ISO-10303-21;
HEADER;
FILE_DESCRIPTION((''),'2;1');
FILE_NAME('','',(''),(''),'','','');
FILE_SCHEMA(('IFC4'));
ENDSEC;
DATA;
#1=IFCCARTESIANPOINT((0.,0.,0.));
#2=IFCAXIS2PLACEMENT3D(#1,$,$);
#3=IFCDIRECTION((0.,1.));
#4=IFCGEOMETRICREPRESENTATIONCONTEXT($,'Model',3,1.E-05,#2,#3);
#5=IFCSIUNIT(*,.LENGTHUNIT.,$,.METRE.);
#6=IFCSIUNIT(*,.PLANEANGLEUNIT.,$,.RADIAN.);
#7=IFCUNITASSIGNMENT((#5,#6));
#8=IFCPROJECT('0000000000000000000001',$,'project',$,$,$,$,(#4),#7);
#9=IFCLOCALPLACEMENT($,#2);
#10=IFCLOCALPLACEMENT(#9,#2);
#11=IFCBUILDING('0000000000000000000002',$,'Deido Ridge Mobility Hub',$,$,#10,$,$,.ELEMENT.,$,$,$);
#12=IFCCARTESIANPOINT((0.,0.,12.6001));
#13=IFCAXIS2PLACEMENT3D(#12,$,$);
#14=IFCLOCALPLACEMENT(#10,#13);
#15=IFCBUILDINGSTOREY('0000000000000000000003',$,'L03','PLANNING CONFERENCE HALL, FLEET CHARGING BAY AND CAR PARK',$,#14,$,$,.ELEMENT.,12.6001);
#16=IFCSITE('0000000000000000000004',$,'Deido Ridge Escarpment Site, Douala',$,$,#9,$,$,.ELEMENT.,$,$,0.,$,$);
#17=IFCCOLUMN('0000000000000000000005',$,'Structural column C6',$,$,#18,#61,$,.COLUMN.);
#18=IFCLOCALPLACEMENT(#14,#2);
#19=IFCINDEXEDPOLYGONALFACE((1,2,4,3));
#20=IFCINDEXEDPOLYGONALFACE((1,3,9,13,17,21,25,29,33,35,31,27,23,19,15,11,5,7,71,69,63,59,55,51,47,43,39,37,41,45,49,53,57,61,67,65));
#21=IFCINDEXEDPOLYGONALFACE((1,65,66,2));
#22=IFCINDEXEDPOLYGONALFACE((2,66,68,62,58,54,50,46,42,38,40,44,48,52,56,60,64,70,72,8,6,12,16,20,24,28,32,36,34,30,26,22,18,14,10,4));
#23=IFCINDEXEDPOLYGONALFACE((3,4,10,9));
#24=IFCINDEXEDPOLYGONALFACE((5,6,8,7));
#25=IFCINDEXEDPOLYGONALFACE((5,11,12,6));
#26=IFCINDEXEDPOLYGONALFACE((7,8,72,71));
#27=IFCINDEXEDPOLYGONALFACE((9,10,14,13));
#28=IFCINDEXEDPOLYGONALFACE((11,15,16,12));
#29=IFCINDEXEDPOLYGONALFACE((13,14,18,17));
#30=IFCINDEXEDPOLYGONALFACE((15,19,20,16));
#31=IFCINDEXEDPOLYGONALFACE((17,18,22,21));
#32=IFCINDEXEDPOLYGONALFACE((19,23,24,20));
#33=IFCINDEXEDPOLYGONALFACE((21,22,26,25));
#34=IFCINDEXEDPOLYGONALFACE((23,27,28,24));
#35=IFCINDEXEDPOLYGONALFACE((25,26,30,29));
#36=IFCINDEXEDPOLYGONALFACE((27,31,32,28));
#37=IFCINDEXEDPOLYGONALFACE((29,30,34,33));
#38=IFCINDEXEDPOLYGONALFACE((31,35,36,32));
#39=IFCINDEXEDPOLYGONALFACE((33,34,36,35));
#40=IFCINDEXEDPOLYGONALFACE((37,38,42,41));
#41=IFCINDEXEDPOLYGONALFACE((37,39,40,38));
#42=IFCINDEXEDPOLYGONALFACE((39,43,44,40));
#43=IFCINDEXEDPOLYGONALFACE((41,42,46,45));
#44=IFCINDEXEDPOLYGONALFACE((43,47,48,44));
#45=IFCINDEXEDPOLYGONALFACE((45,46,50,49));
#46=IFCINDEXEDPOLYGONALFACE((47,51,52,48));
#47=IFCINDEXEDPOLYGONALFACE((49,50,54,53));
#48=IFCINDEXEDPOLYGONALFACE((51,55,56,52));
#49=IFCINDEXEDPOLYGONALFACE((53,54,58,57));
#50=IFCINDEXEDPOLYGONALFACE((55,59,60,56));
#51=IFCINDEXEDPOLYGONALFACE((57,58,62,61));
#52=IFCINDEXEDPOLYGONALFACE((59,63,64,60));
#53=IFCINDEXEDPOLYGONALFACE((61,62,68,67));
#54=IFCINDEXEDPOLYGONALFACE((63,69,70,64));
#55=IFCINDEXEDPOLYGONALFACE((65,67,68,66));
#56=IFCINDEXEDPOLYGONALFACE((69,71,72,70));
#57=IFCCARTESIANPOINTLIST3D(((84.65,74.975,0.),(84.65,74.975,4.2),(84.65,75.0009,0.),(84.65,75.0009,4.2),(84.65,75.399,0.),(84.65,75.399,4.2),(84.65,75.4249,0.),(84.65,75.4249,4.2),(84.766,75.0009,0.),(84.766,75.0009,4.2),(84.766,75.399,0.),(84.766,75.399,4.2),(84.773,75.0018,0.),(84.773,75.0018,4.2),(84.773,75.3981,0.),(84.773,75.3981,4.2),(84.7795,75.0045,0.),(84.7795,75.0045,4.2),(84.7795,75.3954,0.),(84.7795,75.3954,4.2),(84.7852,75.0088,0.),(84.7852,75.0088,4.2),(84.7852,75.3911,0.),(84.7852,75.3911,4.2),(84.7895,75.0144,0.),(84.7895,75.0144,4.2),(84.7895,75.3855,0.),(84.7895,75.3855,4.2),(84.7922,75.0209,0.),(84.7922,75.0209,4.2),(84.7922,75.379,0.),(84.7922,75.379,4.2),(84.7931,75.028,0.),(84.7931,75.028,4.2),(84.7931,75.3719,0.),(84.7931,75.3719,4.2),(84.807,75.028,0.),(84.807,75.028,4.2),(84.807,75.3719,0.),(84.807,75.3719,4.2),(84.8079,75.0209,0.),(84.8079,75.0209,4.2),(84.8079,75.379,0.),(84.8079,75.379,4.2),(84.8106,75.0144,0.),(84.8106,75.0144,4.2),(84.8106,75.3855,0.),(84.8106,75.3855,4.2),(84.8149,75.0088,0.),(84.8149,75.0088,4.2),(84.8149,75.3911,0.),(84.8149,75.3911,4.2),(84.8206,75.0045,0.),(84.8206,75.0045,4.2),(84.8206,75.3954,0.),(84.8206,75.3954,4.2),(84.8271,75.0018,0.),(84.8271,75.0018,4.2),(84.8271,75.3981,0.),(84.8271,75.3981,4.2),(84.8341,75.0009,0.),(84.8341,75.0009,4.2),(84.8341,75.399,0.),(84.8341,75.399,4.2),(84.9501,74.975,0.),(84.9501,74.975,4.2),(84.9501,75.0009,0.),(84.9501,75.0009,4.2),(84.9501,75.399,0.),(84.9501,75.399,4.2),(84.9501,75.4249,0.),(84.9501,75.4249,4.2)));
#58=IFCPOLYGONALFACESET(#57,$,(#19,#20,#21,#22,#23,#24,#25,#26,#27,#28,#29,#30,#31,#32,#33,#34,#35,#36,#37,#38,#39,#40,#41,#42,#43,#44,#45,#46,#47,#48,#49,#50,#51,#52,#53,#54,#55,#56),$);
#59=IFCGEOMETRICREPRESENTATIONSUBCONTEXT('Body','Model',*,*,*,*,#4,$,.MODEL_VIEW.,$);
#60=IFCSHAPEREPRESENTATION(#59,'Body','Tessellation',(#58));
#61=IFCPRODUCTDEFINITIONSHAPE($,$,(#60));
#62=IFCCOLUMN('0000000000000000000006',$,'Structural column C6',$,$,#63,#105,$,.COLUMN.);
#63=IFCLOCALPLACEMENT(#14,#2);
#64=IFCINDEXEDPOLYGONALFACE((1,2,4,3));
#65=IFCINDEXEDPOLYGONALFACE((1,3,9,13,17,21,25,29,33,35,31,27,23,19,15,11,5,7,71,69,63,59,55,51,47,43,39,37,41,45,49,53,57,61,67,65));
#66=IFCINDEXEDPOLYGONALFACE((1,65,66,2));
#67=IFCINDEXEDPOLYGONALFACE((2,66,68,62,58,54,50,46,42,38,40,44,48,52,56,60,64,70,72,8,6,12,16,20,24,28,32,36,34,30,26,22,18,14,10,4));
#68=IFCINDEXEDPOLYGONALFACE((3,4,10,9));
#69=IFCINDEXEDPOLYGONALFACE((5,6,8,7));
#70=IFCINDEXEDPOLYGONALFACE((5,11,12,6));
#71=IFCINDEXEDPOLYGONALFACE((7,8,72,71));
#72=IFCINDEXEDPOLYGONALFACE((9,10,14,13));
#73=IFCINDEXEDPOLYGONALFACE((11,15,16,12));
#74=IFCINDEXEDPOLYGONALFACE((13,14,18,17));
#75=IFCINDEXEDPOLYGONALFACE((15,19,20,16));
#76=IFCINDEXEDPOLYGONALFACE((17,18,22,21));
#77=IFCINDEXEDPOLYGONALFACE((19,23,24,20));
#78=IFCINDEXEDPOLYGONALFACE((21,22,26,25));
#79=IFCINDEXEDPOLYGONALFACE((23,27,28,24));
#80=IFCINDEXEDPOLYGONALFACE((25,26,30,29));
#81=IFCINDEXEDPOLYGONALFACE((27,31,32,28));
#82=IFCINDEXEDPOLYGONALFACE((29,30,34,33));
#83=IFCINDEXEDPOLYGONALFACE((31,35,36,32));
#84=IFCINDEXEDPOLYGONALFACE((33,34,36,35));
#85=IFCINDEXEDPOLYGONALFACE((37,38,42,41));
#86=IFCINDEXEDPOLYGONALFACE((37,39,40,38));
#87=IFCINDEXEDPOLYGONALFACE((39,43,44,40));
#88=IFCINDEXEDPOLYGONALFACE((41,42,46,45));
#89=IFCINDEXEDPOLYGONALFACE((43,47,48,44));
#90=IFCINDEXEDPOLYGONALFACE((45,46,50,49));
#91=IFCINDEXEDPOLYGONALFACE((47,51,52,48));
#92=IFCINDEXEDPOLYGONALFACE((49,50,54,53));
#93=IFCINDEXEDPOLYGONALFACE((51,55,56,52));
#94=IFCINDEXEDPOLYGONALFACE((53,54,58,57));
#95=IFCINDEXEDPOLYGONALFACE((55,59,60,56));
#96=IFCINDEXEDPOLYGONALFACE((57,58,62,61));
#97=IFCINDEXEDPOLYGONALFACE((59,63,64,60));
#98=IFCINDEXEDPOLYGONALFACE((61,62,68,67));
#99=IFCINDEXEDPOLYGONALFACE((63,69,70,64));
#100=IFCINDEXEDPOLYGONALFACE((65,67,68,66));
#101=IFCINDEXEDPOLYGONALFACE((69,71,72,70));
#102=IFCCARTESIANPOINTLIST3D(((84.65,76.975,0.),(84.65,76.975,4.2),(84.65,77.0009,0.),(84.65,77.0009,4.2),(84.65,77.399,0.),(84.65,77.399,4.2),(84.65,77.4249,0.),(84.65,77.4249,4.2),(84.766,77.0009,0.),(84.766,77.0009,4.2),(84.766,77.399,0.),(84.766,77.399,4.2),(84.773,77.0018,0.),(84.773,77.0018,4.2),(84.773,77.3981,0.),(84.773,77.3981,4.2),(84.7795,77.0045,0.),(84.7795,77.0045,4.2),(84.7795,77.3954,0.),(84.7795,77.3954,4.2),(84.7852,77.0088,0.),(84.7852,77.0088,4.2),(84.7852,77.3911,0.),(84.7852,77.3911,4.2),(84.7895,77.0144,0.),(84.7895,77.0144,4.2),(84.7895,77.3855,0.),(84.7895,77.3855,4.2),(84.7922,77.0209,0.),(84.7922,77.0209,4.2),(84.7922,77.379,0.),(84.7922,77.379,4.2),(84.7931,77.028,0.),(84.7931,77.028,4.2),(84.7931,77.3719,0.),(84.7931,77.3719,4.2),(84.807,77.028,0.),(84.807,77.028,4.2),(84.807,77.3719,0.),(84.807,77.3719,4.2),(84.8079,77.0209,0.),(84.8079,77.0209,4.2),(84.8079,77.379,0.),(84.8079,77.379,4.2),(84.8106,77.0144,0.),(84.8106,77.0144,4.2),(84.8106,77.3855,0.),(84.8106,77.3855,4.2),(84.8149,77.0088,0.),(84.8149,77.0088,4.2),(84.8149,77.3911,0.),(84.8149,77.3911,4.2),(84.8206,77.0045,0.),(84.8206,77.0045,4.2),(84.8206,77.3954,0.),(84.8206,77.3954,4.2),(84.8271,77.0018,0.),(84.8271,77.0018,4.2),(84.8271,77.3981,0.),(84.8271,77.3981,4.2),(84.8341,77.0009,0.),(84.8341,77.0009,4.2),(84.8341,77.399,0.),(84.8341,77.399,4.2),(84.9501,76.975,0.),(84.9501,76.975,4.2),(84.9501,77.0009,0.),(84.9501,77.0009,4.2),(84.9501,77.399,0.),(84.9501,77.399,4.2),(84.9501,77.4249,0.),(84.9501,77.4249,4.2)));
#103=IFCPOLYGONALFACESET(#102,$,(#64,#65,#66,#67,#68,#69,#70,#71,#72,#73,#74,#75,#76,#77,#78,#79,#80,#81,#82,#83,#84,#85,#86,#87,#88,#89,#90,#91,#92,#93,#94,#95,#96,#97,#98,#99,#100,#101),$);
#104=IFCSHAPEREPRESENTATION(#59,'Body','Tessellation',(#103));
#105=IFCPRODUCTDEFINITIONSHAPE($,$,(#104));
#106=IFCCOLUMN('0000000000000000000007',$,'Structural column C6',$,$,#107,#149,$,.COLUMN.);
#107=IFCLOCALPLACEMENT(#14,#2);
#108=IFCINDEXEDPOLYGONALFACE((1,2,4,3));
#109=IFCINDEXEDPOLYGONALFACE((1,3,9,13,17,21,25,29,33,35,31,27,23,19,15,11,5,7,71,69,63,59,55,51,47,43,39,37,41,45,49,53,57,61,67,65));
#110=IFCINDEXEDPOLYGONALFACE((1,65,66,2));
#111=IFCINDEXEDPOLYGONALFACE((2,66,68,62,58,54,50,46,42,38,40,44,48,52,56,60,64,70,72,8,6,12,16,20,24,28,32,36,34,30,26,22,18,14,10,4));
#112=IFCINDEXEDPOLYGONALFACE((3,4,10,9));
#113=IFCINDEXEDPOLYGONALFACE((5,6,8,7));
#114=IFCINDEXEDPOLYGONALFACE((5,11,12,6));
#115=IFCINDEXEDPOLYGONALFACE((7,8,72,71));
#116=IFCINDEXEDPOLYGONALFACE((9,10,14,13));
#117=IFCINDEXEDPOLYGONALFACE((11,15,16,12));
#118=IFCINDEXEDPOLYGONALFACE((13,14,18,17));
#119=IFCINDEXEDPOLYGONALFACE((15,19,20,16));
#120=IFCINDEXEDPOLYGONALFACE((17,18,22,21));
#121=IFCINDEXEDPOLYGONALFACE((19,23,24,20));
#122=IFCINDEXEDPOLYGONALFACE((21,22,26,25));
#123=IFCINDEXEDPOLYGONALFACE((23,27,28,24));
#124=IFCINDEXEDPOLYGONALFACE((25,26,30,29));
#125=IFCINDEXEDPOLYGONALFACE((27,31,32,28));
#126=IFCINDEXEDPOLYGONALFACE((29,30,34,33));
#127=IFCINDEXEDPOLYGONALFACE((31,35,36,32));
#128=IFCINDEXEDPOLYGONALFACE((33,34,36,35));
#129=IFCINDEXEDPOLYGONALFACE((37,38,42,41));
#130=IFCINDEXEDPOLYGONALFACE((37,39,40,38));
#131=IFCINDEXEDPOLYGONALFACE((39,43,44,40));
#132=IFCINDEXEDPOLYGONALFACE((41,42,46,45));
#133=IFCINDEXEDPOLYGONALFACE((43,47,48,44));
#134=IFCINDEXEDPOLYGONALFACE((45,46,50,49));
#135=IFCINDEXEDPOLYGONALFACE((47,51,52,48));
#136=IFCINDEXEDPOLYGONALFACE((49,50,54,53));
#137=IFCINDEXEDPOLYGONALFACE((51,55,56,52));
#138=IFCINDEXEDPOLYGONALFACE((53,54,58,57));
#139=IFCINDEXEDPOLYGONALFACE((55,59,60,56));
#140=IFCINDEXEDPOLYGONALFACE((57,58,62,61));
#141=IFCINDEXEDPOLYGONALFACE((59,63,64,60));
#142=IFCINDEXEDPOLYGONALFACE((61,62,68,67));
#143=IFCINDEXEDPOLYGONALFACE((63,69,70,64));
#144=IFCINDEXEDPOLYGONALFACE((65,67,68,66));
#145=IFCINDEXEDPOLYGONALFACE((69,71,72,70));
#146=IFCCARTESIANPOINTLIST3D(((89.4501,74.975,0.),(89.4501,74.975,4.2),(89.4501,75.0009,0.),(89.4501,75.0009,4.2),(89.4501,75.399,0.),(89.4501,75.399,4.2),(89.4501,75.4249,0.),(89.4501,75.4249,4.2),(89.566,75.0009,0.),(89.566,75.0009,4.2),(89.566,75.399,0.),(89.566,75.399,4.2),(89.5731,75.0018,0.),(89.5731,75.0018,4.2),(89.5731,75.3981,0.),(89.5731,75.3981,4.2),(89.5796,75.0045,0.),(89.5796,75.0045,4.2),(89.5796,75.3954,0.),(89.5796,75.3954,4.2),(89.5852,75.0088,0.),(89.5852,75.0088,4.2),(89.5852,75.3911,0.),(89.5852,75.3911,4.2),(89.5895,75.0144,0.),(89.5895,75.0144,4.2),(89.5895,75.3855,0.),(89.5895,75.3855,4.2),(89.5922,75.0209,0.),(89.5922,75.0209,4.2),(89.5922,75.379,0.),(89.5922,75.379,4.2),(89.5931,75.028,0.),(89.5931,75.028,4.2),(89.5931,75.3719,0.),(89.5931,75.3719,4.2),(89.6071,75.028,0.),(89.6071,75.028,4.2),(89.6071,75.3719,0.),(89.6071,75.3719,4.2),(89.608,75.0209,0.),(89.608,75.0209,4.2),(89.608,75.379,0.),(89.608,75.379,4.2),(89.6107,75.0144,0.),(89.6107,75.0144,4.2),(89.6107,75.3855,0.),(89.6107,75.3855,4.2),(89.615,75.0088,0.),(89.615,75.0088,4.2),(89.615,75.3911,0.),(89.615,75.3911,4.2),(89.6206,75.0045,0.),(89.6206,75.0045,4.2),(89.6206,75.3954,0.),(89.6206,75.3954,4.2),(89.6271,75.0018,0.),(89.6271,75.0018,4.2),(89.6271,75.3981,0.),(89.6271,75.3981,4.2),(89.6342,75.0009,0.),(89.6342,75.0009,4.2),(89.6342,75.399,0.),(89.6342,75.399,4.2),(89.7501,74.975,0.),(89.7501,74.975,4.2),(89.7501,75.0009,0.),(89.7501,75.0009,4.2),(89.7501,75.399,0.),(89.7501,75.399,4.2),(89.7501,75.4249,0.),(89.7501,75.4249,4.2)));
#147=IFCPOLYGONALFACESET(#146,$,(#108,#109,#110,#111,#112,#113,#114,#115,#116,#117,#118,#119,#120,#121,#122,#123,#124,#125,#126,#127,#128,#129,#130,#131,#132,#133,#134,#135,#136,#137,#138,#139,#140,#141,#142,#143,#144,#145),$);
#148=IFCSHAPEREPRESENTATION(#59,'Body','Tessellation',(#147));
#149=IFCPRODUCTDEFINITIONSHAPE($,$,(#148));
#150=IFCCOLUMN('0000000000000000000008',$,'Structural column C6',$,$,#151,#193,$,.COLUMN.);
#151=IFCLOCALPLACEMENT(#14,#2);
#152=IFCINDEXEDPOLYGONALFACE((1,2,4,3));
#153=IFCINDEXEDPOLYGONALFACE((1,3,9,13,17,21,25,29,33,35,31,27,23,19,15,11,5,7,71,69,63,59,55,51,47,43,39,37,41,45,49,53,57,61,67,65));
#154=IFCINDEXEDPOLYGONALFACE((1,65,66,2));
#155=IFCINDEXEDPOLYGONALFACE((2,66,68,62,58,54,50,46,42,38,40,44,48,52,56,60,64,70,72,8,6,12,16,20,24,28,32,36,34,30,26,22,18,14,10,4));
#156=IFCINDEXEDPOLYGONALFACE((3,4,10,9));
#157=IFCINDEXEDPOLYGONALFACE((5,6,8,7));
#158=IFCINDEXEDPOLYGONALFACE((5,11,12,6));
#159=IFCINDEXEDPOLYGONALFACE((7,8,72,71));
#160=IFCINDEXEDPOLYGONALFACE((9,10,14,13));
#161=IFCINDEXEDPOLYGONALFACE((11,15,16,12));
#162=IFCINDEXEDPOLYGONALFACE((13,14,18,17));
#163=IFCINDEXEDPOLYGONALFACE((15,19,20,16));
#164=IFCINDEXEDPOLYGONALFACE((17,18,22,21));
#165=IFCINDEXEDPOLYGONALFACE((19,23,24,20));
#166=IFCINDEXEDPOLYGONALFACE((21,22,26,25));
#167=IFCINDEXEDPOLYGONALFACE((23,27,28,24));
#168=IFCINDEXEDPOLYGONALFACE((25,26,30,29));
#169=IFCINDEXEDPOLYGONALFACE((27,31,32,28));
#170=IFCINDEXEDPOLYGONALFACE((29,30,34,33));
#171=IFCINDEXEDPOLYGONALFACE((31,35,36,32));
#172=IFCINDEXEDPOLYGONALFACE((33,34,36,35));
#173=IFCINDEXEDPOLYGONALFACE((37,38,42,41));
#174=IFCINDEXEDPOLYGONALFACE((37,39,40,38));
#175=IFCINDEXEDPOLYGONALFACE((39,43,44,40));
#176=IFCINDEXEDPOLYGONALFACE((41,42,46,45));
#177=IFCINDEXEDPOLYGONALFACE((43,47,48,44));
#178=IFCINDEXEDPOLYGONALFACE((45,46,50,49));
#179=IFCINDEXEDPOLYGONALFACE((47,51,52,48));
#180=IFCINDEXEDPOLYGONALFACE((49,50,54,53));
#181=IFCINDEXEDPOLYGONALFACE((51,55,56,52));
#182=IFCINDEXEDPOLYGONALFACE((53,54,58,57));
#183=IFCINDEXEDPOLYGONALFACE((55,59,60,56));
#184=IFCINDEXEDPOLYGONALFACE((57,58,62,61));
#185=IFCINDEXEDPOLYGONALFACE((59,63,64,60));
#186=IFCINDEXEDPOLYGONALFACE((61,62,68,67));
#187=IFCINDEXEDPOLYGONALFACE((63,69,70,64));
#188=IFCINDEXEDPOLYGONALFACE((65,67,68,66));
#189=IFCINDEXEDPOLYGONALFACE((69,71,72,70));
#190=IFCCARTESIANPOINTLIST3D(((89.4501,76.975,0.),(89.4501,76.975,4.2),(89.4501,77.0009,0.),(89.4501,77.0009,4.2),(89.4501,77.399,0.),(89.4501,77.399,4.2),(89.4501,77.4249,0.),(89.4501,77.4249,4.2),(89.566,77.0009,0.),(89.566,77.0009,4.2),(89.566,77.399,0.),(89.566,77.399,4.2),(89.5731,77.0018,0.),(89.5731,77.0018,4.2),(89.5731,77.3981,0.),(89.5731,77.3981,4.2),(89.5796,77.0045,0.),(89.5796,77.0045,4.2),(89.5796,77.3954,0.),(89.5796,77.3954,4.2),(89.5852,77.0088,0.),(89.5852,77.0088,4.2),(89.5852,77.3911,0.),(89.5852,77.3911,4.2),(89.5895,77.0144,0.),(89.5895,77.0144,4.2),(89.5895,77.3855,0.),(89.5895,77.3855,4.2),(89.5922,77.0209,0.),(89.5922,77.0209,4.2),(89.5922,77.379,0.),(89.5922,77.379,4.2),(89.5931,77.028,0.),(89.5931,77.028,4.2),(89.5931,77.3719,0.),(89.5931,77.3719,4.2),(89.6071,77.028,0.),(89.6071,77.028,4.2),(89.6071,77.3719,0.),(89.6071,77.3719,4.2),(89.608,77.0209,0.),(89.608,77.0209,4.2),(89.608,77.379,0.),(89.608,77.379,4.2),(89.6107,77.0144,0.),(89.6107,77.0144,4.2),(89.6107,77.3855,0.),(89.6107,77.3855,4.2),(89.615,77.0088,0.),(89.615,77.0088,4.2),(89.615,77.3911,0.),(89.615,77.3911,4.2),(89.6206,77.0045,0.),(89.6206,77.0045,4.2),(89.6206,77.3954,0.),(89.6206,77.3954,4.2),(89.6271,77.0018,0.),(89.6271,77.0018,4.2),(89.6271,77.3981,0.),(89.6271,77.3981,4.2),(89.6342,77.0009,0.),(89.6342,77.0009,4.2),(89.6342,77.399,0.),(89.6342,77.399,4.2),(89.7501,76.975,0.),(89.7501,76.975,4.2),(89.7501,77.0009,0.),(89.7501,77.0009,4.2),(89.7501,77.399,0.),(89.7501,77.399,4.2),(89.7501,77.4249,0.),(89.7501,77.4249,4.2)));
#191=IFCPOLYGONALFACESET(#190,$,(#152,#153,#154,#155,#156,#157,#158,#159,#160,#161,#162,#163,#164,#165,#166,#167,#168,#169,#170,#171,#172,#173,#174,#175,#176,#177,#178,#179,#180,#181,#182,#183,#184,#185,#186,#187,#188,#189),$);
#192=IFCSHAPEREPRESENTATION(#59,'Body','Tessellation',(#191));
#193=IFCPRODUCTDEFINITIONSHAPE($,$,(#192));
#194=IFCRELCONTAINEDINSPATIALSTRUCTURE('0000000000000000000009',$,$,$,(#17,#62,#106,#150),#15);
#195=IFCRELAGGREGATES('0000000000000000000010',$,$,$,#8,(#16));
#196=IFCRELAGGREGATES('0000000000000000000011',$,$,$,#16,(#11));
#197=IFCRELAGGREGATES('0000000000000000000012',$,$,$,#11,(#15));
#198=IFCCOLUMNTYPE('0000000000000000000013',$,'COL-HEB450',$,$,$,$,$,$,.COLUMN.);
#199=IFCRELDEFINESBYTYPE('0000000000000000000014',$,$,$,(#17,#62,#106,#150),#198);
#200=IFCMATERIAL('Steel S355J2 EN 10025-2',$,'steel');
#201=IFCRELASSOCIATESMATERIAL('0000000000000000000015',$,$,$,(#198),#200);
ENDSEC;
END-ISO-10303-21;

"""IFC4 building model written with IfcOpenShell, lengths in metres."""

from ifc_helpers import new_model, si_unit, direction, frame, origin, origin_2d, place, context, subcontext, project, spatial, i_section, extrude, material, material_profile, profile_set, type_object, element, save


model = new_model("IFC4")

# Units and contexts
model_context = context("Model", 3, precision=1e-05, world=origin(), true_north=direction((0.0, 1.0)))
body_context = subcontext(model_context, "Body", "Model", "MODEL_VIEW")
ifc_project = project(units=[si_unit("LENGTHUNIT", "METRE"), si_unit("PLANEANGLEUNIT", "RADIAN")], contexts=[model_context])

# Site, building, storey
site_placement = place(None, origin())
site = spatial("IfcSite", under=ifc_project, at=site_placement, Name="Deido Ridge Escarpment Site, Douala", CompositionType="ELEMENT", RefElevation=0.0)
building_placement = place(site_placement, origin())
building = spatial("IfcBuilding", under=site, at=building_placement, Name="Deido Ridge Mobility Hub", CompositionType="ELEMENT")
storey_placement = place(building_placement, frame((0.0, 0.0, 12.6001)))
storey = spatial("IfcBuildingStorey", under=building, at=storey_placement, Name="L03", Description="PLANNING CONFERENCE HALL, FLEET CHARGING BAY AND CAR PARK", CompositionType="ELEMENT", Elevation=12.6001)

# Columns
ifc_material_1 = material(Name="Steel S355J2 EN 10025-2", Category="steel")
ifc_material_profile_1 = material_profile(ifc_material_1, i_section(OverallWidth=0.3, OverallDepth=0.45, WebThickness=0.0139, FlangeThickness=0.0259, FilletRadius=0.0271, at=origin_2d()), Name="HEB 450")
ifc_profile_set_1 = profile_set([ifc_material_profile_1], Name="Steel S355J2 EN 10025-2")
column_type_1 = type_object("IfcColumnType", Name="COL-HEB450", PredefinedType="COLUMN", material=ifc_profile_set_1)
for number, where, z_axis, x_axis, name in (
    (1, (84.8, 75.2, 0.0), (0.0, 0.0, 1.0), (1.0, 0.0, 0.0), "Structural column C6"),
    (2, (84.8, 77.2, 0.0), (0.0, 0.0, 1.0), (1.0, 0.0, 0.0), "Structural column C6"),
    (3, (89.6001, 75.2, 0.0), (0.0, 0.0, 1.0), (1.0, 0.0, 0.0), "Structural column C6"),
    (4, (89.6001, 77.2, 0.0), (0.0, 0.0, 1.0), (1.0, 0.0, 0.0), "Structural column C6"),
):
    element("IfcColumn", number, at=place(storey_placement, frame(where, z_axis=z_axis, x_axis=x_axis)), inside=storey, type_object=column_type_1, Name=name, PredefinedType="COLUMN", context=body_context, shape_type="SweptSolid", body=[
        extrude(i_section(OverallWidth=0.3, OverallDepth=0.45, WebThickness=0.0139, FlangeThickness=0.0259, FilletRadius=0.0271, at=origin_2d()), origin(), (0.0, 0.0, 1.0), 4.2),
    ])

save(model, "model.ifc")
